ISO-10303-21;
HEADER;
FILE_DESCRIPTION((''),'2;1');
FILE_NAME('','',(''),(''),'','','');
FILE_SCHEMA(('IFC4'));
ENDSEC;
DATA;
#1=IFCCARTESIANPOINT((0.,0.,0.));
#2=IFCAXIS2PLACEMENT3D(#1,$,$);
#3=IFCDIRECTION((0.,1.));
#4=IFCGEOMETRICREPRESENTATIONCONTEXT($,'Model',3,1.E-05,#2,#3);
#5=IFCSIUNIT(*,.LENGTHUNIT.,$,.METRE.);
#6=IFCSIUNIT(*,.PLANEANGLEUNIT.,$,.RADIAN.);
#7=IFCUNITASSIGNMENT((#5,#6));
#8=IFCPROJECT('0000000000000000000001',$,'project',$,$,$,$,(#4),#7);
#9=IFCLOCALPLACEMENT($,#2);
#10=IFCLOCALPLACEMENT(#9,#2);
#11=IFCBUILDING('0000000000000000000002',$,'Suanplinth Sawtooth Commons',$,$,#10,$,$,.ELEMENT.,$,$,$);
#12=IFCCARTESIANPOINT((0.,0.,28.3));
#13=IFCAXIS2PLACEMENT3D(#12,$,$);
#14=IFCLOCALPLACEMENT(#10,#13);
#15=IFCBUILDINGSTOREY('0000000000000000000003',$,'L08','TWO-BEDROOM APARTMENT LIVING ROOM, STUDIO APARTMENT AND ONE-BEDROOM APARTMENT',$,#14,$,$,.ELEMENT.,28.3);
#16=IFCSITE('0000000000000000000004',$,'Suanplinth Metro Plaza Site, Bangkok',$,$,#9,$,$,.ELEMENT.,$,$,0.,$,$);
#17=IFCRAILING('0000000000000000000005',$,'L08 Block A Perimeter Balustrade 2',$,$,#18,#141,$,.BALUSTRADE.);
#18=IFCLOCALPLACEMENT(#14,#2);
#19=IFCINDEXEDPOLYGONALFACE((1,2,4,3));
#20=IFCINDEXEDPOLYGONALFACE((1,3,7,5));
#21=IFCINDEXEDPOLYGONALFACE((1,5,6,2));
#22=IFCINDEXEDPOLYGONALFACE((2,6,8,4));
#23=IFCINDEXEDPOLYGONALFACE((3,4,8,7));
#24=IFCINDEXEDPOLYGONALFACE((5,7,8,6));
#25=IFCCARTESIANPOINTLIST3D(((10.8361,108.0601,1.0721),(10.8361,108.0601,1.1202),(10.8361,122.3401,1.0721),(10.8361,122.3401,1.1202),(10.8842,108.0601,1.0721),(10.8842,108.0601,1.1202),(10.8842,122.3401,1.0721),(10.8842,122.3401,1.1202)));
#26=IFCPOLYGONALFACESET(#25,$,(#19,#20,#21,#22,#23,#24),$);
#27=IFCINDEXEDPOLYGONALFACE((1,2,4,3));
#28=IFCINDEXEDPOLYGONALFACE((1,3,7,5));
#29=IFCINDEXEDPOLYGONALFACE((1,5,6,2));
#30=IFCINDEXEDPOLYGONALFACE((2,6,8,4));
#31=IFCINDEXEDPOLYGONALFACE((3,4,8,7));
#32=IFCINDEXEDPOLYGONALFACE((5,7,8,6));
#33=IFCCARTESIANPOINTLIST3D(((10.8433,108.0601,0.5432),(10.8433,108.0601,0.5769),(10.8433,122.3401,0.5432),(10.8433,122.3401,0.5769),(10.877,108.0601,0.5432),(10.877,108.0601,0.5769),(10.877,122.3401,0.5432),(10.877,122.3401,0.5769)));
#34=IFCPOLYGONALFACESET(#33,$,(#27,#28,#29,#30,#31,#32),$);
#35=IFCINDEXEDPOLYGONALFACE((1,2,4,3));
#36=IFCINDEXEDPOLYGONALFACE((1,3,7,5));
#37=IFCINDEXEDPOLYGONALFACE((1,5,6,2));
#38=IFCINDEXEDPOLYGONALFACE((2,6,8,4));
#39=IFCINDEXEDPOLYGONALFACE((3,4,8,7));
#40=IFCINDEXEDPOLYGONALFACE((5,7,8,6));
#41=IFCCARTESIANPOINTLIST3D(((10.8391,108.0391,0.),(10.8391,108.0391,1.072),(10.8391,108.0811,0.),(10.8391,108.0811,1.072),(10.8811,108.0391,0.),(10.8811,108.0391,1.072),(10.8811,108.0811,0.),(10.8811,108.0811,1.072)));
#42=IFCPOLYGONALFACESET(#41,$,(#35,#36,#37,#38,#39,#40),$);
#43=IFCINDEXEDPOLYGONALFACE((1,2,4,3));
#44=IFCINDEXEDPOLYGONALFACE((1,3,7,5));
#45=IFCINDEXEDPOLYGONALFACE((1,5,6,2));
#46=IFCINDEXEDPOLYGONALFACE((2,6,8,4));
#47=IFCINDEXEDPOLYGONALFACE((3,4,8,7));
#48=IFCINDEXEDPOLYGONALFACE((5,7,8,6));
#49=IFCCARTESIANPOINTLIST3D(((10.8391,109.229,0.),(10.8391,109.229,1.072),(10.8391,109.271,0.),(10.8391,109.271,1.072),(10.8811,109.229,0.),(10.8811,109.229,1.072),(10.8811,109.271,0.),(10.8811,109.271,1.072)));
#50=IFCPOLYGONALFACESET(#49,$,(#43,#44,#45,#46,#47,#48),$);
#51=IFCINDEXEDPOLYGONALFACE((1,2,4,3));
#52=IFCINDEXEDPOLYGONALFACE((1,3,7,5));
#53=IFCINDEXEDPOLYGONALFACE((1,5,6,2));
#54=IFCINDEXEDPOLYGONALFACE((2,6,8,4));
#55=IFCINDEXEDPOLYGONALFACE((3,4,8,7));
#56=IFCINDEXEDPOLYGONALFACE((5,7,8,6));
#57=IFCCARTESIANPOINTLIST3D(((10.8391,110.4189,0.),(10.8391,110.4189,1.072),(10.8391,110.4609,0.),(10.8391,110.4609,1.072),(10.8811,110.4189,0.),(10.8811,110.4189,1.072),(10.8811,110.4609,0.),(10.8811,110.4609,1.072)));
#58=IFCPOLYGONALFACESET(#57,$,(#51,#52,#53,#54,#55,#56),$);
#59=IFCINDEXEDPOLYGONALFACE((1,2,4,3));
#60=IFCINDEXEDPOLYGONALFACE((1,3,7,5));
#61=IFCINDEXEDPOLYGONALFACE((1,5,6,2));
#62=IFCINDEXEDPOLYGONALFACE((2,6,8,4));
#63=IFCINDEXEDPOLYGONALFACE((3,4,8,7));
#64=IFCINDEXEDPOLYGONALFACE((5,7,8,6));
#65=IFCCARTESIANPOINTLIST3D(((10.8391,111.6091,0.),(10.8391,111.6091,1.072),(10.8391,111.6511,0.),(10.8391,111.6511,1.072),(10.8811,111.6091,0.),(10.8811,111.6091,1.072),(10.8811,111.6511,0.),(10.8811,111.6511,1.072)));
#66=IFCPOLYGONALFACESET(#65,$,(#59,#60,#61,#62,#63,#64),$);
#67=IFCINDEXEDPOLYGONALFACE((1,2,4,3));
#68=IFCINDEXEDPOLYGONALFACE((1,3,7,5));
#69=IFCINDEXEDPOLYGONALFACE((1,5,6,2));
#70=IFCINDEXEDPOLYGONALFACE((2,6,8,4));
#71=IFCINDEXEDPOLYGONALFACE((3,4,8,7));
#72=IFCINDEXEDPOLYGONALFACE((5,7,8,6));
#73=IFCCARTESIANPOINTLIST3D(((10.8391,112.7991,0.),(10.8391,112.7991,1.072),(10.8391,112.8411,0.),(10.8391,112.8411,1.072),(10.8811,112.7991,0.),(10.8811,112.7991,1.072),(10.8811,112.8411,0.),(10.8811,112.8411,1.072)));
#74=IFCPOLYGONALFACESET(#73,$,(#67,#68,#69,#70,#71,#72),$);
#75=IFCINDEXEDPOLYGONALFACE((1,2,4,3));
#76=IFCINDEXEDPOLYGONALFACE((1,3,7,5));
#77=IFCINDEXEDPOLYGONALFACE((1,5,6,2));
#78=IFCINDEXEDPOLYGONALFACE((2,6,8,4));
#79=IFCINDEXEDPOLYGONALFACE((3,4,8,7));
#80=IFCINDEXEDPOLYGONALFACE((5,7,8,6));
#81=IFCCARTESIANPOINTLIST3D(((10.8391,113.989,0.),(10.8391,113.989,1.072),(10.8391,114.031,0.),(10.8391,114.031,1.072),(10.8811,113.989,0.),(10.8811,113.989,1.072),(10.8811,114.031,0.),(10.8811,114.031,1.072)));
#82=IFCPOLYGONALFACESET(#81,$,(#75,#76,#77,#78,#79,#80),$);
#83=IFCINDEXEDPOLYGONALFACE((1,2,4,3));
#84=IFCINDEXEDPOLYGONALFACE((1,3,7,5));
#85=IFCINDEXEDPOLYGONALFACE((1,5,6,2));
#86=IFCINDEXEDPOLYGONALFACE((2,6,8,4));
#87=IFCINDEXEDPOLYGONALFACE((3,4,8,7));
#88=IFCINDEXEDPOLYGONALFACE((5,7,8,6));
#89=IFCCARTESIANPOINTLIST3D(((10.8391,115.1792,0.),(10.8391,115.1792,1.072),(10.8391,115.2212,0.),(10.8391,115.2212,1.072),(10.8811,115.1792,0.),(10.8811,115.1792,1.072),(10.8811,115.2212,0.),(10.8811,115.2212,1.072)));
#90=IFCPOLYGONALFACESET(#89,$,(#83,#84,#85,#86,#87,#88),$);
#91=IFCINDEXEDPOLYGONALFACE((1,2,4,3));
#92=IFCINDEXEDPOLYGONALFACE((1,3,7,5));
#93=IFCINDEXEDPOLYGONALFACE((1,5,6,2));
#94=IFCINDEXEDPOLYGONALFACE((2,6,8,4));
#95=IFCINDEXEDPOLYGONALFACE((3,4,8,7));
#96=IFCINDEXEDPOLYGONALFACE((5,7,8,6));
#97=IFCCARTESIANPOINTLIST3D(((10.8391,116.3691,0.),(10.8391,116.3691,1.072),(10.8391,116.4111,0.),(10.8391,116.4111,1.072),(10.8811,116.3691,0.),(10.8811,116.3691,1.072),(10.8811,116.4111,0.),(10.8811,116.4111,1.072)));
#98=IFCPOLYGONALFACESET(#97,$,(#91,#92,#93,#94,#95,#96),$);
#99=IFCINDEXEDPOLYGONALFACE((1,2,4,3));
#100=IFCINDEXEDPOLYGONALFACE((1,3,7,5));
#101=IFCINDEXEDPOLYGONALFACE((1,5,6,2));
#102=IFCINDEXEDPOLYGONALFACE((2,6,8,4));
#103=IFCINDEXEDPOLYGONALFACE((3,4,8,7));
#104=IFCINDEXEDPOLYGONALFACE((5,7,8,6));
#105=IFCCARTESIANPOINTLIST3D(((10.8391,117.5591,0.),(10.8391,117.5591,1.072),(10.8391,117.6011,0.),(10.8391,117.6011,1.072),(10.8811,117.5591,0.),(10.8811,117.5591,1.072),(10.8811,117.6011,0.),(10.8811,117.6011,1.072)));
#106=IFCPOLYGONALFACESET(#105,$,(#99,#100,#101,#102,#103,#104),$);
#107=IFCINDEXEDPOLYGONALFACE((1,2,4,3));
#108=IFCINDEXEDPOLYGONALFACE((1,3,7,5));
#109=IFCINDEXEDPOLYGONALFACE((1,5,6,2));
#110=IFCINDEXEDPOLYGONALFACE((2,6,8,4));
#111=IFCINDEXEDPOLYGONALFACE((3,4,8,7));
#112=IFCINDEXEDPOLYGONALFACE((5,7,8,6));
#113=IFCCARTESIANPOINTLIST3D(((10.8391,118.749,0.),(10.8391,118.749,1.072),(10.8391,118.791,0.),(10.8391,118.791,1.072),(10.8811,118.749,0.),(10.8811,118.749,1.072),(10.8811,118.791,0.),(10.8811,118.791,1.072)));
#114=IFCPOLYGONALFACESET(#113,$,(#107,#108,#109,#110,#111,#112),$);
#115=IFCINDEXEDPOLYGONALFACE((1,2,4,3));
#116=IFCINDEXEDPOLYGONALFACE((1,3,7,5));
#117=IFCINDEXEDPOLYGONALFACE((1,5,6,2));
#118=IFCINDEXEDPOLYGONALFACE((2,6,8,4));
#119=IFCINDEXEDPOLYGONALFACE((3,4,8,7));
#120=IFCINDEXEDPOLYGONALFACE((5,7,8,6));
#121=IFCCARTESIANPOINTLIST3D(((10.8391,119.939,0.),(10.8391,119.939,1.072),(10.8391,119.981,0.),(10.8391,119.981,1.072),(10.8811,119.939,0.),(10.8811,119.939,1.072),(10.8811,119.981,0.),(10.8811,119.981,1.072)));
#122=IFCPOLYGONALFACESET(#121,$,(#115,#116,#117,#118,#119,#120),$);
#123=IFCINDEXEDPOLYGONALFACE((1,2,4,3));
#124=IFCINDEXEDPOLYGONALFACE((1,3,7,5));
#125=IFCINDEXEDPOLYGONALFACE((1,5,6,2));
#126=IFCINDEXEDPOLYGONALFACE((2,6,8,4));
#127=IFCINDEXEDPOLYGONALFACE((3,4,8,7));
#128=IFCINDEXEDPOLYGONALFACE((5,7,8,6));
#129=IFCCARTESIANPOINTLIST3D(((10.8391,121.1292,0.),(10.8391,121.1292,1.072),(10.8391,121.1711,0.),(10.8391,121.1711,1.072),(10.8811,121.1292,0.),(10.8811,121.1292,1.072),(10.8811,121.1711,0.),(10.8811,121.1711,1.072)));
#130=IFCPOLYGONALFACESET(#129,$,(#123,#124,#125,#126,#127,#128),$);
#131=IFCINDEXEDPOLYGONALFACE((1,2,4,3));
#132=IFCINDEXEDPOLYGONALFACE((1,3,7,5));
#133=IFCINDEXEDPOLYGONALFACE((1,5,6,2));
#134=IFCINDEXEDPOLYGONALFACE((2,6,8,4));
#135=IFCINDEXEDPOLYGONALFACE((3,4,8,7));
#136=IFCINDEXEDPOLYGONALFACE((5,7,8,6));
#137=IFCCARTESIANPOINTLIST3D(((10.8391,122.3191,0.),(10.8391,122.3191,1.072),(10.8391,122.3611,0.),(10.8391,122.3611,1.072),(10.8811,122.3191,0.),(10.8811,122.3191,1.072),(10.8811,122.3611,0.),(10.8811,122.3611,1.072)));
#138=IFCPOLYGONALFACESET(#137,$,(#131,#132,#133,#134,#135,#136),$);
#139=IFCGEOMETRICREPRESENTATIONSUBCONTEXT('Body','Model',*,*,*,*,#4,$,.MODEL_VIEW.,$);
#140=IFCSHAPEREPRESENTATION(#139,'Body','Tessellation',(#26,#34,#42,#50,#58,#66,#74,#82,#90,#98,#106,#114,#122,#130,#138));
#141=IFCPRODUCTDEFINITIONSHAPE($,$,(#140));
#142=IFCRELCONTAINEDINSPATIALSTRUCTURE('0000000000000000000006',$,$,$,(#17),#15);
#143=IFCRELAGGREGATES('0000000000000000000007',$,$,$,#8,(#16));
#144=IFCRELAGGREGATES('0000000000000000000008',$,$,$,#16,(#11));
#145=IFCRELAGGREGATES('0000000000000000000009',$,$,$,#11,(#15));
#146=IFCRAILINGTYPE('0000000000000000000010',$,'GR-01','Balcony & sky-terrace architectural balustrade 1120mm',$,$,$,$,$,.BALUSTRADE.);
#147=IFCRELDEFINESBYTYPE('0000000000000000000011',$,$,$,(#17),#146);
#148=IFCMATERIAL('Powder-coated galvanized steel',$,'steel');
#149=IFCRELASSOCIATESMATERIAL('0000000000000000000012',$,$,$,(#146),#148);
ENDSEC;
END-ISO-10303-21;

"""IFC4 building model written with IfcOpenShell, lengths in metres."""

from ifc_helpers import new_model, si_unit, direction, frame, origin, origin_2d, place, context, subcontext, project, spatial, rectangle, extrude, material, type_object, element, save


model = new_model("IFC4")

# Units and contexts
model_context = context("Model", 3, precision=1e-05, world=origin(), true_north=direction((0.0, 1.0)))
body_context = subcontext(model_context, "Body", "Model", "MODEL_VIEW")
ifc_project = project(units=[si_unit("LENGTHUNIT", "METRE"), si_unit("PLANEANGLEUNIT", "RADIAN")], contexts=[model_context])

# Site, building, storey
site_placement = place(None, origin())
site = spatial("IfcSite", under=ifc_project, at=site_placement, Name="Suanplinth Metro Plaza Site, Bangkok", CompositionType="ELEMENT", RefElevation=0.0)
building_placement = place(site_placement, origin())
building = spatial("IfcBuilding", under=site, at=building_placement, Name="Suanplinth Sawtooth Commons", CompositionType="ELEMENT")
storey_placement = place(building_placement, frame((0.0, 0.0, 28.3)))
storey = spatial("IfcBuildingStorey", under=building, at=storey_placement, Name="L08", Description="TWO-BEDROOM APARTMENT LIVING ROOM, STUDIO APARTMENT AND ONE-BEDROOM APARTMENT", CompositionType="ELEMENT", Elevation=28.3)

# Railing
ifc_material_1 = material(Name="Powder-coated galvanized steel", Category="steel")
railing_type = type_object("IfcRailingType", Name="GR-01", Description="Balcony & sky-terrace architectural balustrade 1120mm", PredefinedType="BALUSTRADE", material=ifc_material_1)
railing_1_placement = place(storey_placement, frame((10.8601, 108.0601, 0.0)))
element("IfcRailing", 1, at=railing_1_placement, inside=storey, type_object=railing_type, Name="L08 Block A Perimeter Balustrade 2", PredefinedType="BALUSTRADE", context=body_context, shape_type="SweptSolid", body=[
    extrude(rectangle(XDim=0.0481, YDim=0.0481, at=origin_2d()), frame((0.0, 0.0, 1.0962), z_axis=(0.0, 1.0, 0.0), x_axis=(-1.0, 0.0, 0.0)), (0.0, 0.0, 1.0), 14.28),
    extrude(rectangle(XDim=0.0337, YDim=0.0337, at=origin_2d()), frame((0.0, 0.0, 0.5601), z_axis=(0.0, 1.0, 0.0), x_axis=(-1.0, 0.0, 0.0)), (0.0, 0.0, 1.0), 14.28),
    extrude(rectangle(XDim=0.042, YDim=0.042, at=origin_2d()), origin(), (0.0, 0.0, 1.0), 1.072),
    extrude(rectangle(XDim=0.042, YDim=0.042, at=origin_2d()), frame((0.0, 1.1899, 0.0)), (0.0, 0.0, 1.0), 1.072),
    extrude(rectangle(XDim=0.042, YDim=0.042, at=origin_2d()), frame((0.0, 2.3799, 0.0)), (0.0, 0.0, 1.0), 1.072),
    extrude(rectangle(XDim=0.042, YDim=0.042, at=origin_2d()), frame((0.0, 3.5701, 0.0)), (0.0, 0.0, 1.0), 1.072),
    extrude(rectangle(XDim=0.042, YDim=0.042, at=origin_2d()), frame((0.0, 4.76, 0.0)), (0.0, 0.0, 1.0), 1.072),
    extrude(rectangle(XDim=0.042, YDim=0.042, at=origin_2d()), frame((0.0, 5.95, 0.0)), (0.0, 0.0, 1.0), 1.072),
    extrude(rectangle(XDim=0.042, YDim=0.042, at=origin_2d()), frame((0.0, 7.1401, 0.0)), (0.0, 0.0, 1.0), 1.072),
    extrude(rectangle(XDim=0.042, YDim=0.042, at=origin_2d()), frame((0.0, 8.3301, 0.0)), (0.0, 0.0, 1.0), 1.072),
    extrude(rectangle(XDim=0.042, YDim=0.042, at=origin_2d()), frame((0.0, 9.52, 0.0)), (0.0, 0.0, 1.0), 1.072),
    extrude(rectangle(XDim=0.042, YDim=0.042, at=origin_2d()), frame((0.0, 10.71, 0.0)), (0.0, 0.0, 1.0), 1.072),
    extrude(rectangle(XDim=0.042, YDim=0.042, at=origin_2d()), frame((0.0, 11.8999, 0.0)), (0.0, 0.0, 1.0), 1.072),
    extrude(rectangle(XDim=0.042, YDim=0.042, at=origin_2d()), frame((0.0, 13.0901, 0.0)), (0.0, 0.0, 1.0), 1.072),
    extrude(rectangle(XDim=0.042, YDim=0.042, at=origin_2d()), frame((0.0, 14.28, 0.0)), (0.0, 0.0, 1.0), 1.072),
])

save(model, "model.ifc")
